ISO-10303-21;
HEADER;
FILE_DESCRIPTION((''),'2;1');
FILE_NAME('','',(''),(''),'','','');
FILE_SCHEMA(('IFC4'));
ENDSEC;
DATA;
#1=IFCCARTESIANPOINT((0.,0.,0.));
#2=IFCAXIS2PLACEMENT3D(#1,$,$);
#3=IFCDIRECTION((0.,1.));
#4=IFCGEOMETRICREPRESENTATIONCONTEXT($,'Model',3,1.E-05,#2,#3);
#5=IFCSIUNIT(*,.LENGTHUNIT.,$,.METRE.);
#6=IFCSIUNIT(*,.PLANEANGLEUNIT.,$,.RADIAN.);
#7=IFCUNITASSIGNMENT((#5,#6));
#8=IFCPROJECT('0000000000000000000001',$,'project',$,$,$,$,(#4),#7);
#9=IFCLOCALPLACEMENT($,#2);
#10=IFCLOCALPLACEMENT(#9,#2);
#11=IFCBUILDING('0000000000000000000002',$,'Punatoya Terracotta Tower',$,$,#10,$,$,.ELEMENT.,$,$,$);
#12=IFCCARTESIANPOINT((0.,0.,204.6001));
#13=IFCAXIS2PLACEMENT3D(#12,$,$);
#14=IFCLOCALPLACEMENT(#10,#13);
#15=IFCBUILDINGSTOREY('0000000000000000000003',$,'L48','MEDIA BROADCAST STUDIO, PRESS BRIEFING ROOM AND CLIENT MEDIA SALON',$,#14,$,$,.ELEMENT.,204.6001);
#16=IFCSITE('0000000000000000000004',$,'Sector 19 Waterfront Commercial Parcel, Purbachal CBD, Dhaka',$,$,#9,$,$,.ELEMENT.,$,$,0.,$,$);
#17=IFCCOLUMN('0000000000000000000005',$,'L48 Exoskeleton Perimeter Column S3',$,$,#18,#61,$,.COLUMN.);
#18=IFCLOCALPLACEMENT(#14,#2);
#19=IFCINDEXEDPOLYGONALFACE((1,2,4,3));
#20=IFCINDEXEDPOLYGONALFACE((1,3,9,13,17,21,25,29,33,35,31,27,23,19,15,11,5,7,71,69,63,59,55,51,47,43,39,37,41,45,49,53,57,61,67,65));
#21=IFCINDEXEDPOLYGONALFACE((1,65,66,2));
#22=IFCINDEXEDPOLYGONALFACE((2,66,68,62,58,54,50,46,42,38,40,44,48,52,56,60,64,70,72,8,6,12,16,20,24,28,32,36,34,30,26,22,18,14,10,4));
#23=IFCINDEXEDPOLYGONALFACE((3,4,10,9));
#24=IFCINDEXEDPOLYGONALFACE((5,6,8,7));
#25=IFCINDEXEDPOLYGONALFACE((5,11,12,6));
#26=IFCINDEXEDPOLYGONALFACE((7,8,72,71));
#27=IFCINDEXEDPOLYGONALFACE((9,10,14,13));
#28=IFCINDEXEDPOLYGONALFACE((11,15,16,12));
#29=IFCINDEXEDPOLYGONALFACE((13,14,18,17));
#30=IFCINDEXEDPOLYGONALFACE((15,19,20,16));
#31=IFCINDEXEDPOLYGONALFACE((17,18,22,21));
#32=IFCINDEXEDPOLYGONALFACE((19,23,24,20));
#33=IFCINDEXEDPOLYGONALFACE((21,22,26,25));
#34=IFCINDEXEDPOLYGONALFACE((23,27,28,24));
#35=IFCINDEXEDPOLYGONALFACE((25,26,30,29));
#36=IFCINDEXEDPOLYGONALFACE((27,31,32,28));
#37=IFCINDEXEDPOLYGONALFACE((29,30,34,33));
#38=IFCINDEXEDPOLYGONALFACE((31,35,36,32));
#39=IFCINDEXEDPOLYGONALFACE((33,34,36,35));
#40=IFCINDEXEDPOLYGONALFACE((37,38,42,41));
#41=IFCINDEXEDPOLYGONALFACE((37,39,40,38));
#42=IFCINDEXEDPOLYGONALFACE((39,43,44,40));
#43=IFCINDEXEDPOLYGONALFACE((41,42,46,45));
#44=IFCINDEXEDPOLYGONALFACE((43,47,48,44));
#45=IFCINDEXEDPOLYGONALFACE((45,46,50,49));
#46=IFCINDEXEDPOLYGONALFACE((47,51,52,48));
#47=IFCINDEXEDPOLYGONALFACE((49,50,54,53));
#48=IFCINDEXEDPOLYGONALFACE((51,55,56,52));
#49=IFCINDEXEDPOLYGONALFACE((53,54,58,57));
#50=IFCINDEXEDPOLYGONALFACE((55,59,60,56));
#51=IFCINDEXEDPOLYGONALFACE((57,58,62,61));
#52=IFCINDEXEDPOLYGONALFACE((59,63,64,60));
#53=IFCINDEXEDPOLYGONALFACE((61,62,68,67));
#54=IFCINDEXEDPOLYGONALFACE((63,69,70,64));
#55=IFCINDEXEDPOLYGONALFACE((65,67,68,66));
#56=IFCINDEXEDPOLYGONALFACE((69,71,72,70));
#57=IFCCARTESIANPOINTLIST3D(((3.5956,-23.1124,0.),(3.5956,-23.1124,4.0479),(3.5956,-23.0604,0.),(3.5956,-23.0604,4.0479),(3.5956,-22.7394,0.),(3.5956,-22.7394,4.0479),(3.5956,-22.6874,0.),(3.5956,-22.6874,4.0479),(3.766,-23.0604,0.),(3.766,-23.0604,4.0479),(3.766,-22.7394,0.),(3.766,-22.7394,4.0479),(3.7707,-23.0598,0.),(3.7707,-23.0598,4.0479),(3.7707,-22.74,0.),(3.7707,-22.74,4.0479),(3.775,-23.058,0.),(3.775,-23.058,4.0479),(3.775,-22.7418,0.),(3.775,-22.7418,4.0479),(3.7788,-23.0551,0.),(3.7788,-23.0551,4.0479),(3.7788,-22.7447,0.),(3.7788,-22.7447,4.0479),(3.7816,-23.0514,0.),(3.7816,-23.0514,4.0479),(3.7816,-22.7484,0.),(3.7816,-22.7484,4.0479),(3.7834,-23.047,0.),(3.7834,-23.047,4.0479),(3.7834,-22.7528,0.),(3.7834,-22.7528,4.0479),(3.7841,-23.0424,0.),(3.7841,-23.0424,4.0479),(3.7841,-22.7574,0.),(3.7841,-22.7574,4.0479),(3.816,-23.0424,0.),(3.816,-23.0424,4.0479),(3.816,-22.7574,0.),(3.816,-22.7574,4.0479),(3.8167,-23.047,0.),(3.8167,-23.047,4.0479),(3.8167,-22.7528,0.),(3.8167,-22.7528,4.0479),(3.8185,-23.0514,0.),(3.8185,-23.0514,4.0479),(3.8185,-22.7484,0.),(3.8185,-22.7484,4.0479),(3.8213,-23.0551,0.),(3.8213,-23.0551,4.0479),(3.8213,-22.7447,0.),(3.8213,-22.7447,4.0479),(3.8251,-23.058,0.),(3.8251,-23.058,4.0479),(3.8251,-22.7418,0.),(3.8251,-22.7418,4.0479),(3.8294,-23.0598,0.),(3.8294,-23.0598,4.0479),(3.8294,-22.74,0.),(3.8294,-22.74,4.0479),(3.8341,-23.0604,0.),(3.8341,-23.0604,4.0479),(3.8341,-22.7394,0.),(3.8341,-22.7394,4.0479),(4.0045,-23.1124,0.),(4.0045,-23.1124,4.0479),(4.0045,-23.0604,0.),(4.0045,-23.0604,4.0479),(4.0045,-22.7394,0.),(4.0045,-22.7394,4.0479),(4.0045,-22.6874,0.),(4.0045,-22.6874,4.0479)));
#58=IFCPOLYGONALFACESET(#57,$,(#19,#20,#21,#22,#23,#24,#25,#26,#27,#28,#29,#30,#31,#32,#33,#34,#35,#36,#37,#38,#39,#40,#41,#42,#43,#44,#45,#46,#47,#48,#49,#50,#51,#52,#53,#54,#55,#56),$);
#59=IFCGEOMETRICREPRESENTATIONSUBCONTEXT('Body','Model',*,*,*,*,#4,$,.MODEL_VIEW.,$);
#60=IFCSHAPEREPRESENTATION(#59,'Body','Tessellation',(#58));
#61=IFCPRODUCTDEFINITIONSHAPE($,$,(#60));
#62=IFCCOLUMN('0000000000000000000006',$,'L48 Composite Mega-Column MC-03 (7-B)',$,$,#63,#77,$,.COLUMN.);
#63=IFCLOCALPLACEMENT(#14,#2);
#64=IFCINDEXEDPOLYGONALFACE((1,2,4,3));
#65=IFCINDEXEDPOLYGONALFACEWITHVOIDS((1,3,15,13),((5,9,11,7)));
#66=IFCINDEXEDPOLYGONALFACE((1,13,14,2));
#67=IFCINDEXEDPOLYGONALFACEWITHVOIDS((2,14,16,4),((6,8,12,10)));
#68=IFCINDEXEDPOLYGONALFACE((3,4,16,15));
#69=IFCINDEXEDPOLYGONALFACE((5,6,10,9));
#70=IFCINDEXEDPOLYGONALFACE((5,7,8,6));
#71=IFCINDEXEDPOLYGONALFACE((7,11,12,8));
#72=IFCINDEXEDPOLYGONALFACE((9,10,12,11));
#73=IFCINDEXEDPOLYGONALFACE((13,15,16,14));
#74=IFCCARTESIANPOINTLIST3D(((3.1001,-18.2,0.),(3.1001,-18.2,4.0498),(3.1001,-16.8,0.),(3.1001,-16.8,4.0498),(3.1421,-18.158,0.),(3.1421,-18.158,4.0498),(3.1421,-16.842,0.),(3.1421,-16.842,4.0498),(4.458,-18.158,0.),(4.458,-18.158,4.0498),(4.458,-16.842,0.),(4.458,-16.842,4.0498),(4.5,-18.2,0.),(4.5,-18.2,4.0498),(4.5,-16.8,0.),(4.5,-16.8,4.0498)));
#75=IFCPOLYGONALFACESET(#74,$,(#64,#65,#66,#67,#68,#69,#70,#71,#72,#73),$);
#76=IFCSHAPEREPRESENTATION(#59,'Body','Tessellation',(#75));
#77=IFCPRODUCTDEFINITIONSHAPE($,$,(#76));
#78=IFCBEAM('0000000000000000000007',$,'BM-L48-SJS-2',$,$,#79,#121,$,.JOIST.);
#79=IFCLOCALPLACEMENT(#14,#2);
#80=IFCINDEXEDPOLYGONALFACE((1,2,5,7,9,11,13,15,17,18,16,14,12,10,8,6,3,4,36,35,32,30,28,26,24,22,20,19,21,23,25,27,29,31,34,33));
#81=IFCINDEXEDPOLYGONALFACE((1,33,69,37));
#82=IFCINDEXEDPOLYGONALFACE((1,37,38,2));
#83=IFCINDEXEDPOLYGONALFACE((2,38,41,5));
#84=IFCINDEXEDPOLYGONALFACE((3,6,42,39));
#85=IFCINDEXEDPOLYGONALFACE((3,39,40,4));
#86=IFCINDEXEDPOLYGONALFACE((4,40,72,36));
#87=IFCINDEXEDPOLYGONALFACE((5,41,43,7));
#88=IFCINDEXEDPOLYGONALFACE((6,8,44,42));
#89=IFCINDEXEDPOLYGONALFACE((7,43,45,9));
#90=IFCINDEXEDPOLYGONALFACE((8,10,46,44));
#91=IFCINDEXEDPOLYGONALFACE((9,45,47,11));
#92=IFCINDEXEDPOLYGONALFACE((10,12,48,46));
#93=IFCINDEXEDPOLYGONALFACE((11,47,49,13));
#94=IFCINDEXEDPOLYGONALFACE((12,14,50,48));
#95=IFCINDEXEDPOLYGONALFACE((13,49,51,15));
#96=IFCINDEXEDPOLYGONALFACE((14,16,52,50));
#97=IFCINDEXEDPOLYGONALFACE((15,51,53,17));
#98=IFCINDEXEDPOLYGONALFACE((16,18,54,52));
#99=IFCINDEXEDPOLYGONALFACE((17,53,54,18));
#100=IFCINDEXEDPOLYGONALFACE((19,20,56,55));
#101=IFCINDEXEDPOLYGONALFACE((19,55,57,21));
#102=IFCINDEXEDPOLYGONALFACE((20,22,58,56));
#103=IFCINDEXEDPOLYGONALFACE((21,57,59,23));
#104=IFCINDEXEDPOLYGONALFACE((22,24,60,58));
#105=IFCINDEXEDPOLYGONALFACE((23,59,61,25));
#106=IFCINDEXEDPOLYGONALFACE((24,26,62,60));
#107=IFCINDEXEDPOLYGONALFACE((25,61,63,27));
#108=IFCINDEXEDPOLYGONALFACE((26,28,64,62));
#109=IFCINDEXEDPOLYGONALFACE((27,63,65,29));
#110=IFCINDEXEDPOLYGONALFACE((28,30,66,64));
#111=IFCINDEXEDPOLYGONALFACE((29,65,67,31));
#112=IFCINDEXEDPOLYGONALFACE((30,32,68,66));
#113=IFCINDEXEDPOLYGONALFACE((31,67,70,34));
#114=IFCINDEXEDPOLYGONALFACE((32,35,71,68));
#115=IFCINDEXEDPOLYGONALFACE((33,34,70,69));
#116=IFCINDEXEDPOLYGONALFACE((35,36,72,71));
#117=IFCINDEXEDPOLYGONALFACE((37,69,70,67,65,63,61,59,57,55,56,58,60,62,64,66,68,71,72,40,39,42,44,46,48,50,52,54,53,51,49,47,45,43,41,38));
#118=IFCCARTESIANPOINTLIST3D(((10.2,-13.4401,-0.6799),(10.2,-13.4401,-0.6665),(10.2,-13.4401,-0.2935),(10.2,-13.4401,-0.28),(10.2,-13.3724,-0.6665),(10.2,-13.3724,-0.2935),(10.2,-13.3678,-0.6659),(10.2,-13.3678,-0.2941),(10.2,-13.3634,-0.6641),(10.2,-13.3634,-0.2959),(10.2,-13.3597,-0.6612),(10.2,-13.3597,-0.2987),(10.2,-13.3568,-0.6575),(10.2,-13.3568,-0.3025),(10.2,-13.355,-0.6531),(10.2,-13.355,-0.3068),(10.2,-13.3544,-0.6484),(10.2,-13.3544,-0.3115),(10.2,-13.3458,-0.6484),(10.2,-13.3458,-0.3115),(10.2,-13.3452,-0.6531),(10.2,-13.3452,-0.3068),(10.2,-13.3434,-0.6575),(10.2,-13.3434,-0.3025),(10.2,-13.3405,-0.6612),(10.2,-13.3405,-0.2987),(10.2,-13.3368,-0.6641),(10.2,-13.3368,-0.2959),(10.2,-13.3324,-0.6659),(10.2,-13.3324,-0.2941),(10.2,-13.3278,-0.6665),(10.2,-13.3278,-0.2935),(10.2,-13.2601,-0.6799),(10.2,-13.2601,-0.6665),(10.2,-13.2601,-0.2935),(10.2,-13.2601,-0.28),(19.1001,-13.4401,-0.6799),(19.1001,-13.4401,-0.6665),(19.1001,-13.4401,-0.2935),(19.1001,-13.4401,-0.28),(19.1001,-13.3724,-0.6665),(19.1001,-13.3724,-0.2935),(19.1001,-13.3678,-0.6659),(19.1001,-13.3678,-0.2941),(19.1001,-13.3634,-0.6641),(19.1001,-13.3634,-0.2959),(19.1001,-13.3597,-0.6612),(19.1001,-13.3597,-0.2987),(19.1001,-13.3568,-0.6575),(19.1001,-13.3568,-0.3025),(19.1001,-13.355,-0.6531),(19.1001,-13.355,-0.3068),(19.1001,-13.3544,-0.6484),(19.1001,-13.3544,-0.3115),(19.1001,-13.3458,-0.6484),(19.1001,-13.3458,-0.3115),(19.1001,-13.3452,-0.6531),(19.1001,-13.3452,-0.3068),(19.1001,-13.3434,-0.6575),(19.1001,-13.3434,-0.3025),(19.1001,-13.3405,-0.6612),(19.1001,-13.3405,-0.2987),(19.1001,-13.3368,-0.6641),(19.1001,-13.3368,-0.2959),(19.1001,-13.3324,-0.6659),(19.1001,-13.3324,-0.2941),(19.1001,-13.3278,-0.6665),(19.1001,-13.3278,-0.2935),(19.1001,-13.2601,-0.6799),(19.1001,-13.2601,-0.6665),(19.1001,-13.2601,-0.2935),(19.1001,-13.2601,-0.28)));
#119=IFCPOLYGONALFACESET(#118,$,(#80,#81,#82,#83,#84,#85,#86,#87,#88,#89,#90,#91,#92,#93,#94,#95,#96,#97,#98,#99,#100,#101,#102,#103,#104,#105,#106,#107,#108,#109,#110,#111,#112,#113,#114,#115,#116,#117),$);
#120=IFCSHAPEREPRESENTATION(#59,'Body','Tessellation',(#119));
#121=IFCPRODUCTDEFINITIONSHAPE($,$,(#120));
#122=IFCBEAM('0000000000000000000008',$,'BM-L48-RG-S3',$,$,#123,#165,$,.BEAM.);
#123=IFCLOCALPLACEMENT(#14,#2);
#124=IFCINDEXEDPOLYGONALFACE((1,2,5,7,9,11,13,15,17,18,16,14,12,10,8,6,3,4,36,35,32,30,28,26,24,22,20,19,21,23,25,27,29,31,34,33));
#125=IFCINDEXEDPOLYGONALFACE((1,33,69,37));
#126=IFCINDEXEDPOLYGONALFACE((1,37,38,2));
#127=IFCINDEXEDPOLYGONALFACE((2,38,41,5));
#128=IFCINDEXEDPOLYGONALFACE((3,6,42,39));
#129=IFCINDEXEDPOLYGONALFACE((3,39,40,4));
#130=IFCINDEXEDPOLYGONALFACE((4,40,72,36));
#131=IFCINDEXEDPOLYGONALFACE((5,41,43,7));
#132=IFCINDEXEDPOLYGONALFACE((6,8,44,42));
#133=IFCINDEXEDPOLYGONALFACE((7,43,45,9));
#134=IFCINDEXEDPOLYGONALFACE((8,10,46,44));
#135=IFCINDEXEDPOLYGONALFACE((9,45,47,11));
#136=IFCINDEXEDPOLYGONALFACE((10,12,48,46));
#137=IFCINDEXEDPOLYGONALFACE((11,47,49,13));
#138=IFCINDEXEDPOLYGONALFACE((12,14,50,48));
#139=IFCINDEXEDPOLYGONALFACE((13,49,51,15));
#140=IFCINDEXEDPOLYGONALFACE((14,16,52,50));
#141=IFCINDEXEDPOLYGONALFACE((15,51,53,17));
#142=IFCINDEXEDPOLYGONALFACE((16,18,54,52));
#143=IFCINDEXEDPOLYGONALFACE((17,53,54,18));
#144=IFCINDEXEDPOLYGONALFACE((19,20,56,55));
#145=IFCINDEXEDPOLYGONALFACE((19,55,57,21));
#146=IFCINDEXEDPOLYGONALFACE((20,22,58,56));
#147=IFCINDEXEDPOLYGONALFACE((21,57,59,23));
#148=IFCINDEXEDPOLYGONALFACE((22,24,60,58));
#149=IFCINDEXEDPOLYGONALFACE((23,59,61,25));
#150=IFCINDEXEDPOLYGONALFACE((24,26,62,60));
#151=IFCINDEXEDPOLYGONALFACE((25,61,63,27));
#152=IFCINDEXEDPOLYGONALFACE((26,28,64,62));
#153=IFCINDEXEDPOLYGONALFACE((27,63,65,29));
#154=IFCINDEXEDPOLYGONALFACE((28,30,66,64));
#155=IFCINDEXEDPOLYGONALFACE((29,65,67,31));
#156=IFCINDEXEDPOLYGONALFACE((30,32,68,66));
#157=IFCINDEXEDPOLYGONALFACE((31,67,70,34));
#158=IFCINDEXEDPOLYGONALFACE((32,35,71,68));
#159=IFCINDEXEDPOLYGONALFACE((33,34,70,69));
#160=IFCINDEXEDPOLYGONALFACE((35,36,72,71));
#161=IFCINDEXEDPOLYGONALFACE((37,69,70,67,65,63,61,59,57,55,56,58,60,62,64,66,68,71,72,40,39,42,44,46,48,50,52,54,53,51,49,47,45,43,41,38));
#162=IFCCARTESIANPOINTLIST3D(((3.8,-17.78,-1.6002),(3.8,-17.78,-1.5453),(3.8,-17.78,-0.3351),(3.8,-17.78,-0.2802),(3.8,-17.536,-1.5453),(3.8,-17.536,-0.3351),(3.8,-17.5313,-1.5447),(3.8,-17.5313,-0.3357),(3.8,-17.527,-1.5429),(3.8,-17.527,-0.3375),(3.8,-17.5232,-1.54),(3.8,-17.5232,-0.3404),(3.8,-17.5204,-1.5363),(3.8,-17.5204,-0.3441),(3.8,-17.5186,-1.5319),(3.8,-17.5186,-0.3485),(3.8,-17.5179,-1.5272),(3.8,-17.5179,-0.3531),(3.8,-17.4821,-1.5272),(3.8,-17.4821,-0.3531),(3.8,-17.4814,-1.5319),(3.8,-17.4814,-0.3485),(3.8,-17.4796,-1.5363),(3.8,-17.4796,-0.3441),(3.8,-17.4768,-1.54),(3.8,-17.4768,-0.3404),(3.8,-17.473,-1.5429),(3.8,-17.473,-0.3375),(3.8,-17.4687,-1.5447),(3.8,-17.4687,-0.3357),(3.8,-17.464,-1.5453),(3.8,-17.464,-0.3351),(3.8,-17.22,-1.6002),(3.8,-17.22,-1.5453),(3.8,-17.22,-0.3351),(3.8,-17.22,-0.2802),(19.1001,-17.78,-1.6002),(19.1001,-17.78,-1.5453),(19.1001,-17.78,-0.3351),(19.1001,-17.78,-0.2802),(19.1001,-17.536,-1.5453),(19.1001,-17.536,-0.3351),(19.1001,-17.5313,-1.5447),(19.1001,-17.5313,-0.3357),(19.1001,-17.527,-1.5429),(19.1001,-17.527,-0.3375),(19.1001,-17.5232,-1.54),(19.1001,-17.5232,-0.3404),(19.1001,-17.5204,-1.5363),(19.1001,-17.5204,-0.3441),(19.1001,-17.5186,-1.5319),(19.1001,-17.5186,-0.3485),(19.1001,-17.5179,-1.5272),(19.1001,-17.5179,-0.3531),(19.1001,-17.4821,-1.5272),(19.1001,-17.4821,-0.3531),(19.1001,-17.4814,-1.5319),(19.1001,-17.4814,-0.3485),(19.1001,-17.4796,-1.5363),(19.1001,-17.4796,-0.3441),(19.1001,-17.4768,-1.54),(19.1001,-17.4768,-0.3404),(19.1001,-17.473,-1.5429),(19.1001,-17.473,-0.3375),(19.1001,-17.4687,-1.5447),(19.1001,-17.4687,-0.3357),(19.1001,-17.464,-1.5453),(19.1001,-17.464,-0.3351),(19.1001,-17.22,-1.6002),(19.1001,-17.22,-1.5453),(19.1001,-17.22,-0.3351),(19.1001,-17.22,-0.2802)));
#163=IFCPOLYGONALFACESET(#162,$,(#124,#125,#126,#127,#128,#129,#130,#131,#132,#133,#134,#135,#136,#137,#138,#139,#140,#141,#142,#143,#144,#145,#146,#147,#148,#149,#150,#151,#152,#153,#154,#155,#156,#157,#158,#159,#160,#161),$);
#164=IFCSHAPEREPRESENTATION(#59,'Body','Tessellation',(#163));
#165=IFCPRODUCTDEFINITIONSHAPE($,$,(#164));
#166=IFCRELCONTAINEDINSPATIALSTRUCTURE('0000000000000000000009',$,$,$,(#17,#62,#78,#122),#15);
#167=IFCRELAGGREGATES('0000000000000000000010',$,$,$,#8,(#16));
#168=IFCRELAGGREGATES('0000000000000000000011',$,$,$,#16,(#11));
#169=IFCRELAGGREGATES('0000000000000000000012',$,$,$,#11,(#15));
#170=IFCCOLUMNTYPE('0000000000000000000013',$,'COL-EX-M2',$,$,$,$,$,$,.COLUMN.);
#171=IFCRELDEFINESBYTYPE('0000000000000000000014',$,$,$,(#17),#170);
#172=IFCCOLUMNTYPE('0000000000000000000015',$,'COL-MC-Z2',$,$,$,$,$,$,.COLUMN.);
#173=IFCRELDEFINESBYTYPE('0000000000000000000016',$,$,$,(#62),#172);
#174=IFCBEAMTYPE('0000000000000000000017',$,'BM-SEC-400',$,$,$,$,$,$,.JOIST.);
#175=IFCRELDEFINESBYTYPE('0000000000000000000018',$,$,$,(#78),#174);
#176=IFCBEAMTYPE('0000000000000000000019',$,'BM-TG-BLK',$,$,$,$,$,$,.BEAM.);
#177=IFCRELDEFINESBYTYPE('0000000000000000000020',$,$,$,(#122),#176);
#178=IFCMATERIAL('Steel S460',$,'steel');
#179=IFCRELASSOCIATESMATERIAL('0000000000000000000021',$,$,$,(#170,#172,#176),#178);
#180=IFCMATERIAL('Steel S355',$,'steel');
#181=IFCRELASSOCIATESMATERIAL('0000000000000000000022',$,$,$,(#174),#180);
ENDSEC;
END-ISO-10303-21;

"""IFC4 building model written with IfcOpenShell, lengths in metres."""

from ifc_helpers import new_model, si_unit, direction, frame, origin, origin_2d, place, context, subcontext, project, spatial, hollow_rectangle, i_section, extrude, material, material_profile, profile_set, type_object, element, save


model = new_model("IFC4")

# Units and contexts
model_context = context("Model", 3, precision=1e-05, world=origin(), true_north=direction((0.0, 1.0)))
body_context = subcontext(model_context, "Body", "Model", "MODEL_VIEW")
ifc_project = project(units=[si_unit("LENGTHUNIT", "METRE"), si_unit("PLANEANGLEUNIT", "RADIAN")], contexts=[model_context])

# Site, building, storey
site_placement = place(None, origin())
site = spatial("IfcSite", under=ifc_project, at=site_placement, Name="Sector 19 Waterfront Commercial Parcel, Purbachal CBD, Dhaka", CompositionType="ELEMENT", RefElevation=0.0)
building_placement = place(site_placement, origin())
building = spatial("IfcBuilding", under=site, at=building_placement, Name="Punatoya Terracotta Tower", CompositionType="ELEMENT")
storey_placement = place(building_placement, frame((0.0, 0.0, 204.6001)))
storey = spatial("IfcBuildingStorey", under=building, at=storey_placement, Name="L48", Description="MEDIA BROADCAST STUDIO, PRESS BRIEFING ROOM AND CLIENT MEDIA SALON", CompositionType="ELEMENT", Elevation=204.6001)

# Columns
ifc_material_1 = material(Name="Steel S460", Category="steel")
ifc_material_profile_1 = material_profile(ifc_material_1, i_section(OverallWidth=0.4089, OverallDepth=0.425, WebThickness=0.032, FlangeThickness=0.052, FilletRadius=0.0181, at=origin_2d()))
ifc_profile_set_1 = profile_set([ifc_material_profile_1], Name="Steel S460")
column_type_1 = type_object("IfcColumnType", Name="COL-EX-M2", PredefinedType="COLUMN", material=ifc_profile_set_1)
column_1_placement = place(storey_placement, frame((3.8, -22.8999, 0.0), z_axis=(0.0, 0.0, 1.0), x_axis=(1.0, 0.0, 0.0)))
element("IfcColumn", 1, at=column_1_placement, inside=storey, type_object=column_type_1, Name="L48 Exoskeleton Perimeter Column S3", PredefinedType="COLUMN", context=body_context, shape_type="SweptSolid", body=[
    extrude(i_section(OverallWidth=0.4089, OverallDepth=0.425, WebThickness=0.032, FlangeThickness=0.052, FilletRadius=0.0181, at=origin_2d()), origin(), (0.0, 0.0, 1.0), 4.0479),
])
ifc_material_profile_2 = material_profile(ifc_material_1, hollow_rectangle(XDim=1.3999, YDim=1.3999, WallThickness=0.042, at=origin_2d()))
ifc_profile_set_2 = profile_set([ifc_material_profile_2], Name="Steel S460")
column_type_2 = type_object("IfcColumnType", Name="COL-MC-Z2", PredefinedType="COLUMN", material=ifc_profile_set_2)
column_2_placement = place(storey_placement, frame((3.8, -17.5, 0.0), z_axis=(0.0, 0.0, 1.0), x_axis=(1.0, 0.0, 0.0)))
element("IfcColumn", 2, at=column_2_placement, inside=storey, type_object=column_type_2, Name="L48 Composite Mega-Column MC-03 (7-B)", PredefinedType="COLUMN", context=body_context, shape_type="SweptSolid", body=[
    extrude(hollow_rectangle(XDim=1.3999, YDim=1.3999, WallThickness=0.042, at=origin_2d()), origin(), (0.0, 0.0, 1.0), 4.0498),
])

# Beams
ifc_material_2 = material(Name="Steel S355", Category="steel")
ifc_material_profile_3 = material_profile(ifc_material_2, i_section(OverallWidth=0.1799, OverallDepth=0.3999, WebThickness=0.0085, FlangeThickness=0.0134, FilletRadius=0.0181, at=origin_2d()))
ifc_profile_set_3 = profile_set([ifc_material_profile_3], Name="Steel S355")
beam_type_1 = type_object("IfcBeamType", Name="BM-SEC-400", PredefinedType="JOIST", material=ifc_profile_set_3)
beam_1_placement = place(storey_placement, frame((10.2, -13.3501, -0.48), z_axis=(1.0, 0.0, 0.0), x_axis=(0.0, 1.0, 0.0)))
element("IfcBeam", 3, at=beam_1_placement, inside=storey, type_object=beam_type_1, Name="BM-L48-SJS-2", PredefinedType="JOIST", context=body_context, shape_type="SweptSolid", body=[
    extrude(i_section(OverallWidth=0.1799, OverallDepth=0.3999, WebThickness=0.0085, FlangeThickness=0.0134, FilletRadius=0.0181, at=origin_2d()), origin(), (0.0, 0.0, 1.0), 8.9001),
])
ifc_material_profile_4 = material_profile(ifc_material_1, i_section(OverallWidth=0.5601, OverallDepth=1.3201, WebThickness=0.0359, FlangeThickness=0.0549, FilletRadius=0.0181, at=origin_2d()))
ifc_profile_set_4 = profile_set([ifc_material_profile_4], Name="Steel S460")
beam_type_2 = type_object("IfcBeamType", Name="BM-TG-BLK", PredefinedType="BEAM", material=ifc_profile_set_4)
beam_2_placement = place(storey_placement, frame((3.8, -17.5, -0.9402), z_axis=(1.0, 0.0, 0.0), x_axis=(0.0, 1.0, 0.0)))
element("IfcBeam", 4, at=beam_2_placement, inside=storey, type_object=beam_type_2, Name="BM-L48-RG-S3", PredefinedType="BEAM", context=body_context, shape_type="SweptSolid", body=[
    extrude(i_section(OverallWidth=0.5601, OverallDepth=1.3201, WebThickness=0.0359, FlangeThickness=0.0549, FilletRadius=0.0181, at=origin_2d()), origin(), (0.0, 0.0, 1.0), 15.3),
])

save(model, "model.ifc")
